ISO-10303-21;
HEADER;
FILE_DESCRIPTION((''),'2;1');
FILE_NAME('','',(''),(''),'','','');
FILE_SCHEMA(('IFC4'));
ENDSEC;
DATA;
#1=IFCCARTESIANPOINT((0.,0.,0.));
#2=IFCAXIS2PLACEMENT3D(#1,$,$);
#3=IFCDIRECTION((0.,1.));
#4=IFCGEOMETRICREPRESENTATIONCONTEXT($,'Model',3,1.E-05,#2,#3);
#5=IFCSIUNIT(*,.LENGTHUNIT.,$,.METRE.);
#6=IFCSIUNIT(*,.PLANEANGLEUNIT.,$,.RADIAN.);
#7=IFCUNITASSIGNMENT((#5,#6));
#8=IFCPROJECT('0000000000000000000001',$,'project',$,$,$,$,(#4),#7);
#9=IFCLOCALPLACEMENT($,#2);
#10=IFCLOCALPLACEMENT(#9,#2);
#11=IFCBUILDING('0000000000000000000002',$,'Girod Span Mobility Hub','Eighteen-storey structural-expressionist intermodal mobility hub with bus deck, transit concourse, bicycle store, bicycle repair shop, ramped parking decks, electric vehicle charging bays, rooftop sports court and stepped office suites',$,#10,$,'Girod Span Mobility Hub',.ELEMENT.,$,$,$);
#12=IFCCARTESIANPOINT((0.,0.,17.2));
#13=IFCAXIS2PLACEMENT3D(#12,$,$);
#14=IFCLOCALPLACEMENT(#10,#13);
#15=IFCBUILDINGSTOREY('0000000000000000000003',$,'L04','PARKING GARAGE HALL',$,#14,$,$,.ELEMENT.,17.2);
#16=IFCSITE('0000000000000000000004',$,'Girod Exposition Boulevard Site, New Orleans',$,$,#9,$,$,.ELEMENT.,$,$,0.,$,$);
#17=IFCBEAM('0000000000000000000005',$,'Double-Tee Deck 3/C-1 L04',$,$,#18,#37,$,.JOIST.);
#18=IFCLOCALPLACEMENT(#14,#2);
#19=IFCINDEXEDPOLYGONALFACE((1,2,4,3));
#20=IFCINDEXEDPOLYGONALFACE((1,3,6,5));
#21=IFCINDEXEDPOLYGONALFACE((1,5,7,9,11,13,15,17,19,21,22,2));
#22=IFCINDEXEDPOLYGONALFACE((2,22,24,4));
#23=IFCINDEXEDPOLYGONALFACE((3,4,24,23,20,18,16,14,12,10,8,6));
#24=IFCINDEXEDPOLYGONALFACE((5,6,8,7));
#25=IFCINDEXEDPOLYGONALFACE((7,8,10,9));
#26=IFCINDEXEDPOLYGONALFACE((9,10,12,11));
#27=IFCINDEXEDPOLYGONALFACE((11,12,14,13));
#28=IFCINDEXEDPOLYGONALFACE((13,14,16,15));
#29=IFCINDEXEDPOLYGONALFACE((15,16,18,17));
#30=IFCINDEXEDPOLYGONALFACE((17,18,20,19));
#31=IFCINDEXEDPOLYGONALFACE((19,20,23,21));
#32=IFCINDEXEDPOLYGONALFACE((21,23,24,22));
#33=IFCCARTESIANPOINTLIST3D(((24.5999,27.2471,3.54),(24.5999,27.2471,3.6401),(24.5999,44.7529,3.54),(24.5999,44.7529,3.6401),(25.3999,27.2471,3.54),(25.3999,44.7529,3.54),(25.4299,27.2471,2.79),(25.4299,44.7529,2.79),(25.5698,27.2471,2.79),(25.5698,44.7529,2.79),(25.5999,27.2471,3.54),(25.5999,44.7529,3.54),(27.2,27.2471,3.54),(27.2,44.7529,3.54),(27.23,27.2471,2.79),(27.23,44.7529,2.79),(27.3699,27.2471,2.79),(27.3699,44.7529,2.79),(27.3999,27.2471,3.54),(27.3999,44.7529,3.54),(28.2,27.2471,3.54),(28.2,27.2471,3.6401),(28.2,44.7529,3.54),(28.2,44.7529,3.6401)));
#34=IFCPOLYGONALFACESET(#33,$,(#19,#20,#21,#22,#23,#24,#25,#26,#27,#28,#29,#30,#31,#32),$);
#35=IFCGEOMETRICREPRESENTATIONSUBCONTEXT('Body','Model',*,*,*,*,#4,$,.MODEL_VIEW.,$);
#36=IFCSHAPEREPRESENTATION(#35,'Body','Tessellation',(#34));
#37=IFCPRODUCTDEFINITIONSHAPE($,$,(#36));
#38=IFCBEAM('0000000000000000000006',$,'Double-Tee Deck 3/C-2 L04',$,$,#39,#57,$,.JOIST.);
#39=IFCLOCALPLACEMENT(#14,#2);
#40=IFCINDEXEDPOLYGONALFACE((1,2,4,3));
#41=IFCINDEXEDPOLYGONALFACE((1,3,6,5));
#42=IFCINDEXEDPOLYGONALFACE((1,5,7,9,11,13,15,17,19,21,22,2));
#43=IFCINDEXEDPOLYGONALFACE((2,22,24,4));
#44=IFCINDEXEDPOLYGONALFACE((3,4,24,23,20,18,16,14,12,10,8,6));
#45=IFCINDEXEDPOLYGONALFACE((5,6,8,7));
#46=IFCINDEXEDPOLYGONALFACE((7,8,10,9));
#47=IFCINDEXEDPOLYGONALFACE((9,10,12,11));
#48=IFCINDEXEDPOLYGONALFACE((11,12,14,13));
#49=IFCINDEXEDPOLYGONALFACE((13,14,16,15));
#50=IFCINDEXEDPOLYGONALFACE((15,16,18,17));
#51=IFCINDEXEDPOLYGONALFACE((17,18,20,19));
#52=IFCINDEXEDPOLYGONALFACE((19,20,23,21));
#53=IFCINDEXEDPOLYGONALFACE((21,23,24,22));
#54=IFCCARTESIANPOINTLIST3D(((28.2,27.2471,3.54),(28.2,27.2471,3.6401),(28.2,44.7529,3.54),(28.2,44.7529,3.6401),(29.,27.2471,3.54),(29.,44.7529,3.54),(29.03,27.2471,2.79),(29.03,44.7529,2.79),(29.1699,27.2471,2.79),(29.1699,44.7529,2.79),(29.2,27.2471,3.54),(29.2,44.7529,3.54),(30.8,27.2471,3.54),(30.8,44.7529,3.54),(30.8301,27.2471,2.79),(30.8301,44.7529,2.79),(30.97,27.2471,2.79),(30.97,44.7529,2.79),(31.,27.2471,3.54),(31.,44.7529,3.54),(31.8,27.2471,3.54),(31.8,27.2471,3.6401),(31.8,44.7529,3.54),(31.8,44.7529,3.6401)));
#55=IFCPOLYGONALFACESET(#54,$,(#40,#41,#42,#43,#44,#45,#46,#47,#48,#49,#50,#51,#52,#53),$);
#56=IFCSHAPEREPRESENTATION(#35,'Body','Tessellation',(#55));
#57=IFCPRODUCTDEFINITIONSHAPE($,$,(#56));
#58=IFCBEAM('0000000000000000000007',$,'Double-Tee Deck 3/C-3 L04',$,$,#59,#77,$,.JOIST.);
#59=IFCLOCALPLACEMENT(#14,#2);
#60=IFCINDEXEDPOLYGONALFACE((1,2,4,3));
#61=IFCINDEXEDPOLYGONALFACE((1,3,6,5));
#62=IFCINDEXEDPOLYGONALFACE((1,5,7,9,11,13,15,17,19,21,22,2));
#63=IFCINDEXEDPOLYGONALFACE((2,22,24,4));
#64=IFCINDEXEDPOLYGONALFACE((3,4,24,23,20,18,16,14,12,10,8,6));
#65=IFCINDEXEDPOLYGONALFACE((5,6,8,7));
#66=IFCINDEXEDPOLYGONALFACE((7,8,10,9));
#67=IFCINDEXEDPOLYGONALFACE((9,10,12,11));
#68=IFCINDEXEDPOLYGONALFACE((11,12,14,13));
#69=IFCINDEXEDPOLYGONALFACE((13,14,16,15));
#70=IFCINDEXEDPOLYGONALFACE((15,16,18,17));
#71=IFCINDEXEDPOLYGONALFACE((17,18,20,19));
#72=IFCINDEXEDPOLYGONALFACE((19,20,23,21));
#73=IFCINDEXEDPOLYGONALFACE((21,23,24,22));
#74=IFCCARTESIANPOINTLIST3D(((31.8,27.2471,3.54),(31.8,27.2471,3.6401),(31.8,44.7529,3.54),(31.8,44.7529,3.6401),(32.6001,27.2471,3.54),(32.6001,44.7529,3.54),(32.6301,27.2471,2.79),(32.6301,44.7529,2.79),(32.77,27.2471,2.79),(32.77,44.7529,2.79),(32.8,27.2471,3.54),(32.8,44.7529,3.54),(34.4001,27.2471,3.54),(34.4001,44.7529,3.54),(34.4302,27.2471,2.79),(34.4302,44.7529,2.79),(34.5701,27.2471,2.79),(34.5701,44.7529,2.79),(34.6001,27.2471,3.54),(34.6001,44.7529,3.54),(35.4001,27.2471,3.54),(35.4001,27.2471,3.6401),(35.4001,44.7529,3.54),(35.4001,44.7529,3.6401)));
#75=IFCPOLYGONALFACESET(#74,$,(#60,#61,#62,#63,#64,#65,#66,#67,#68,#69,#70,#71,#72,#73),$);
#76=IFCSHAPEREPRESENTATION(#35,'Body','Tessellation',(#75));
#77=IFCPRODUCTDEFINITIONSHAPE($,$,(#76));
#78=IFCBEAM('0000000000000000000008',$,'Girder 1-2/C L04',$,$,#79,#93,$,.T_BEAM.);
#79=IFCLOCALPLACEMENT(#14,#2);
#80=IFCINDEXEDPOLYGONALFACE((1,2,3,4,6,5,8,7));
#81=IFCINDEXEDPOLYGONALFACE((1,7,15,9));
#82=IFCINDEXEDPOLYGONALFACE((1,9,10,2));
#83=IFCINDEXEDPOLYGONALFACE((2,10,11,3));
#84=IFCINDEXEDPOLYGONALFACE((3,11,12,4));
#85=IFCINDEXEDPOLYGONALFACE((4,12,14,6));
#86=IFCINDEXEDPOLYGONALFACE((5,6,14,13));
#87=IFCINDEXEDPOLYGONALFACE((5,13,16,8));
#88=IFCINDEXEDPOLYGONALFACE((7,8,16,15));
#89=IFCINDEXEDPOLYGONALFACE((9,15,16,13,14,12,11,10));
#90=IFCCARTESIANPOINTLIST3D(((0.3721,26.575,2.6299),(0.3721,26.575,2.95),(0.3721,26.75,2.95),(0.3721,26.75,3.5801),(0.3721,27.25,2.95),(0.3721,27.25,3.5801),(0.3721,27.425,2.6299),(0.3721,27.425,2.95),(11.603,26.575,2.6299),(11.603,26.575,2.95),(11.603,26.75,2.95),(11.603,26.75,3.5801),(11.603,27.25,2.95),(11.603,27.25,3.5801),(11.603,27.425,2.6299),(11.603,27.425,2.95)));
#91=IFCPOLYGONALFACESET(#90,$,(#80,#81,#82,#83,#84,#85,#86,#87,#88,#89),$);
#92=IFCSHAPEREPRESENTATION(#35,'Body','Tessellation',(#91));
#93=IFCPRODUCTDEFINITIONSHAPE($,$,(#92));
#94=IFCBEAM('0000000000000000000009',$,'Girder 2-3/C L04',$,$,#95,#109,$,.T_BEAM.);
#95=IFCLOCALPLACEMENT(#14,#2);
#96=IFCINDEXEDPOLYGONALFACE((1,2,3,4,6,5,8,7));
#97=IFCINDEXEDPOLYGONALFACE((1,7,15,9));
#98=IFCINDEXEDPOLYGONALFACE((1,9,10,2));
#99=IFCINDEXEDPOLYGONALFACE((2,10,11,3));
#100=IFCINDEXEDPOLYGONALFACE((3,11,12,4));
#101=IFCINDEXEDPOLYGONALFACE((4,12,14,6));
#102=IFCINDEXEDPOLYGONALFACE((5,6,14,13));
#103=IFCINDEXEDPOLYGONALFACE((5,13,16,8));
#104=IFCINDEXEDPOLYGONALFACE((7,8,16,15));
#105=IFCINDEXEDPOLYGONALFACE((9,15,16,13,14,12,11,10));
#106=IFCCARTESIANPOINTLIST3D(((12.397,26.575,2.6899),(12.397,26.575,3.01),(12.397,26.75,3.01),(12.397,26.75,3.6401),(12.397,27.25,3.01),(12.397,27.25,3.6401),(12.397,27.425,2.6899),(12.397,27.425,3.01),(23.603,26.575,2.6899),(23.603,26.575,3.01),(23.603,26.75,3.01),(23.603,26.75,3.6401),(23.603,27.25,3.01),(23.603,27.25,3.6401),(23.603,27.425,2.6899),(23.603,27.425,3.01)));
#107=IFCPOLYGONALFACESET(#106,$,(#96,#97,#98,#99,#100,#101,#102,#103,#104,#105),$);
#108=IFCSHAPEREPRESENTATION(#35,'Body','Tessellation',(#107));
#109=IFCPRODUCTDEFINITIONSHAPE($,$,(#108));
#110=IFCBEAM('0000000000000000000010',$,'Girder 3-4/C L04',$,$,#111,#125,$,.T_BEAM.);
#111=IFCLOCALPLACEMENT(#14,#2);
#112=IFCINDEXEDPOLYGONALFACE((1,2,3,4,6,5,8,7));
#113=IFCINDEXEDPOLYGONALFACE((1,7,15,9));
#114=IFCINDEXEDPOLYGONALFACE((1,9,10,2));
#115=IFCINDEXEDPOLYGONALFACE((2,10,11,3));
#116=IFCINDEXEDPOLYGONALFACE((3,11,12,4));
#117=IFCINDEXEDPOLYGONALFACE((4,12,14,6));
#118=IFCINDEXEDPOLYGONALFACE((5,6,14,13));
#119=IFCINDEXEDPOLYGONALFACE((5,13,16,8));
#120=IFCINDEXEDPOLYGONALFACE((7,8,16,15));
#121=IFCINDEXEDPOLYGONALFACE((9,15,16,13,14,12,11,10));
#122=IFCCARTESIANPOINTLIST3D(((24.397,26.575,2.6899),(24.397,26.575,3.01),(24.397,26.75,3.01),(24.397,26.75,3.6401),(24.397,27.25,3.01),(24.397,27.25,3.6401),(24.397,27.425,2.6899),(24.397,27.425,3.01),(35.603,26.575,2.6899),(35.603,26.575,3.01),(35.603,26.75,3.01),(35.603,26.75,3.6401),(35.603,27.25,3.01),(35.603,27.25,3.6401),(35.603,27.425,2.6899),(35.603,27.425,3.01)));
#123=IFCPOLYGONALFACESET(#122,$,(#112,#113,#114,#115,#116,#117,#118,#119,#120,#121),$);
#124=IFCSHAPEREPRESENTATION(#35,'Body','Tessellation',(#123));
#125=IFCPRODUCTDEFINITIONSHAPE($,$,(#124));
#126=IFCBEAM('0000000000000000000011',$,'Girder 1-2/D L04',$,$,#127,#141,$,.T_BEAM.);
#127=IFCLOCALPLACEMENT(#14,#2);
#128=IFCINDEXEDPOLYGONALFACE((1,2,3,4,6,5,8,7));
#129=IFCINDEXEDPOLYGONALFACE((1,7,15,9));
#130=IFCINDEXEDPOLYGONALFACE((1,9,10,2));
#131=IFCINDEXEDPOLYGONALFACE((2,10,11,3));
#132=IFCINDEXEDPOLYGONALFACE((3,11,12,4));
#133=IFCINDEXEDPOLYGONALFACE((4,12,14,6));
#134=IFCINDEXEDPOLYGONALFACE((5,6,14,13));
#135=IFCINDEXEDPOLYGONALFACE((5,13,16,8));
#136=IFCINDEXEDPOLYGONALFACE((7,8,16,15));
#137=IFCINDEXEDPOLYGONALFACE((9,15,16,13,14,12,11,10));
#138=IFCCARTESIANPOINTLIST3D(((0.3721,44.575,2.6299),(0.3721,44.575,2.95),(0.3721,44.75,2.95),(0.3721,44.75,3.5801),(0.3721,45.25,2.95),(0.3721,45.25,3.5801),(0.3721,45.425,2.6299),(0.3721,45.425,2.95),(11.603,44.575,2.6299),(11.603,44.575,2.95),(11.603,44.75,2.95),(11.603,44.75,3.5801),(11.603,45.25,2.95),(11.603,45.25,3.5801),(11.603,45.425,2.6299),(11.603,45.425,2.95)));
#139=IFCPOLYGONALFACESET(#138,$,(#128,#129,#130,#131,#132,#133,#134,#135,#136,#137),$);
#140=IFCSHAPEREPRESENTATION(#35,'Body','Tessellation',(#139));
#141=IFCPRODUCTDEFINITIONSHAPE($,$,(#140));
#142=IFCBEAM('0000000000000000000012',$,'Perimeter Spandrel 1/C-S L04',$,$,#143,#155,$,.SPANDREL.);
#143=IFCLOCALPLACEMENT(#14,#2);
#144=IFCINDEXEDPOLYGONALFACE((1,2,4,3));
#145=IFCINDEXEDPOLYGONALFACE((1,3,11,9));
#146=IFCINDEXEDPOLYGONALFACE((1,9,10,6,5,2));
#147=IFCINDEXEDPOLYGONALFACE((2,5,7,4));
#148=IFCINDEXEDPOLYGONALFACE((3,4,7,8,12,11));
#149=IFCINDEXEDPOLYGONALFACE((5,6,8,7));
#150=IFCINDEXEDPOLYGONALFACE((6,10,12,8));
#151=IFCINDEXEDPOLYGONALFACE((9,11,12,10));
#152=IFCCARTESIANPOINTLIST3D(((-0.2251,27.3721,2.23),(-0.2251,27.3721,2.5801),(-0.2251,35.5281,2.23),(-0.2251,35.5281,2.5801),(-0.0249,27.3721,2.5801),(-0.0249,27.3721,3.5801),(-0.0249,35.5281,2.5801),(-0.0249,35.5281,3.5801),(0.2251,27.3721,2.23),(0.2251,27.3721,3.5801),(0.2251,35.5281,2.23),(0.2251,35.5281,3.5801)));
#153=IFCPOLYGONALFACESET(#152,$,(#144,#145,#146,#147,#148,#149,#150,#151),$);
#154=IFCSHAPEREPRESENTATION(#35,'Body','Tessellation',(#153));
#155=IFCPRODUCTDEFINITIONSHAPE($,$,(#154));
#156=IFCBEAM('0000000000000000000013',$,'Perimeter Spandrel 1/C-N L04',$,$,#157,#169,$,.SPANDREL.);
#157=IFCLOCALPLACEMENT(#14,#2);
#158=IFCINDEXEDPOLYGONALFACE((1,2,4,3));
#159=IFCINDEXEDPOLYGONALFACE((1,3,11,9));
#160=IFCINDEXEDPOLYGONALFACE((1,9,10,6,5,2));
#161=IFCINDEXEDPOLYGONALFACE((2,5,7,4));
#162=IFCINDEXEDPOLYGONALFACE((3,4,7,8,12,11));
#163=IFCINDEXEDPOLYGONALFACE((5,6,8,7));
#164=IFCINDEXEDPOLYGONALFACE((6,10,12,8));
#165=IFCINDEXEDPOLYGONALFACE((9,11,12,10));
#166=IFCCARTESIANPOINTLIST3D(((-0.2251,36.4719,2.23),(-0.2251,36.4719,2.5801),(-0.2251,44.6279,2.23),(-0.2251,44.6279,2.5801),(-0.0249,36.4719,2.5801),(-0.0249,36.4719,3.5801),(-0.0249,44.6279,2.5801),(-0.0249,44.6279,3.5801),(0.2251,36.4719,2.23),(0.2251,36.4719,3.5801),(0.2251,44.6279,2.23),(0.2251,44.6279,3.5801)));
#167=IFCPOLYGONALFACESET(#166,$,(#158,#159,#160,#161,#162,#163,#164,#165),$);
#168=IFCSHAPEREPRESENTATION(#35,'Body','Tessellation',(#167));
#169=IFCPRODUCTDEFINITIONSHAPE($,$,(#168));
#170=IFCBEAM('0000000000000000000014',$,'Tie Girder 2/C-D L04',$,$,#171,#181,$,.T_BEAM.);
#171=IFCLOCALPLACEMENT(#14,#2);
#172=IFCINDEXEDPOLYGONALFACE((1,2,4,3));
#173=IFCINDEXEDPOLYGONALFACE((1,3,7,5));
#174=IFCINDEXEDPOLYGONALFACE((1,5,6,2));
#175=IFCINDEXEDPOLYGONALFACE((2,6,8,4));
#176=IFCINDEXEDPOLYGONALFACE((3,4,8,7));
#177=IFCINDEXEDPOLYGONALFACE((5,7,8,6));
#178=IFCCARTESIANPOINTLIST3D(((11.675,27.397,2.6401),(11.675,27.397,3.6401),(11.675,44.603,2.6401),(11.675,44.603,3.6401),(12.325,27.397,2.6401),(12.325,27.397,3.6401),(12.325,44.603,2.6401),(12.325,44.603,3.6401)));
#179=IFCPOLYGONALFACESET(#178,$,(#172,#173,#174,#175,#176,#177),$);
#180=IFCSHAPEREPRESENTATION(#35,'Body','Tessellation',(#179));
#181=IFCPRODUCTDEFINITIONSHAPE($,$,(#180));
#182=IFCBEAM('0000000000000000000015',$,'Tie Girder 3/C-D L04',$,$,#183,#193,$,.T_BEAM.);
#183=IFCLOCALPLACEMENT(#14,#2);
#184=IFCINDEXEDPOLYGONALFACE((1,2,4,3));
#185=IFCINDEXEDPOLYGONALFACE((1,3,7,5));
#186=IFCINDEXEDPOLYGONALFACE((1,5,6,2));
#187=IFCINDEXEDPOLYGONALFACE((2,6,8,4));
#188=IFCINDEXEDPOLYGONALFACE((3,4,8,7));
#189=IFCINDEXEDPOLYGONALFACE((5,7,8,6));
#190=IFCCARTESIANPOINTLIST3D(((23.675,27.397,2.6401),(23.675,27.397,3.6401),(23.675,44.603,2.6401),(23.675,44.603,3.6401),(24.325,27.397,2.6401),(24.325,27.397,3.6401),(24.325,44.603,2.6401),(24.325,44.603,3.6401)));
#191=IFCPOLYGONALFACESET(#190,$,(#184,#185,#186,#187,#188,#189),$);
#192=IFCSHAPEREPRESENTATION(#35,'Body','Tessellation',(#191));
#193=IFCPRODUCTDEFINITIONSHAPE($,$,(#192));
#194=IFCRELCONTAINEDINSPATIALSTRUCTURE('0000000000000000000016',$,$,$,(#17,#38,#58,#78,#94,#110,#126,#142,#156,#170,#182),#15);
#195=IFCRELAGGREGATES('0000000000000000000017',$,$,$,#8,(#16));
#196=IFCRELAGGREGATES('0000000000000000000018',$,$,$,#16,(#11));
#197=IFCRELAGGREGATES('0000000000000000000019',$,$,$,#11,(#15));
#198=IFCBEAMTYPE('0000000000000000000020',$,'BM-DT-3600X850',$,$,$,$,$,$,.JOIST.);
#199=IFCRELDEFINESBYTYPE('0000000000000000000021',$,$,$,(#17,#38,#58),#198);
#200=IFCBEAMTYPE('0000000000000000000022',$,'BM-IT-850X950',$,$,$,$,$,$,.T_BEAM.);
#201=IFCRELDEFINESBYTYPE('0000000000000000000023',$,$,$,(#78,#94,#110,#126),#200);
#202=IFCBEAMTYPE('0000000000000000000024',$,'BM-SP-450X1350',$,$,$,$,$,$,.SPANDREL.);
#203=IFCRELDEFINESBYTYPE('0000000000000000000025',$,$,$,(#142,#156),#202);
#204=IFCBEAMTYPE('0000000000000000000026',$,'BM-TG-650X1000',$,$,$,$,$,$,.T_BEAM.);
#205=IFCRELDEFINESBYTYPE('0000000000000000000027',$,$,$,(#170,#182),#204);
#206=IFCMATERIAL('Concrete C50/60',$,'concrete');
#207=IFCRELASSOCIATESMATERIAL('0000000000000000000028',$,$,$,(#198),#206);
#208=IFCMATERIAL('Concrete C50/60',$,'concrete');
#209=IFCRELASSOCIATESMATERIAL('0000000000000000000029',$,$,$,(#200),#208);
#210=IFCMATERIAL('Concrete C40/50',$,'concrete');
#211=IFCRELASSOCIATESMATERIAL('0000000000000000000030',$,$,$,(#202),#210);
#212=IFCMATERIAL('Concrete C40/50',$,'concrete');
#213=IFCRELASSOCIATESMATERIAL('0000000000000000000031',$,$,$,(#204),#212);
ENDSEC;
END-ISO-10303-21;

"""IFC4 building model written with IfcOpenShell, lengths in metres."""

from ifc_helpers import new_model, si_unit, direction, frame, origin, origin_2d, place, context, subcontext, project, spatial, polyline, rectangle, outline, extrude, material, material_profile, profile_set, type_object, element, save


model = new_model("IFC4")

# Units and contexts
model_context = context("Model", 3, precision=1e-05, world=origin(), true_north=direction((0.0, 1.0)))
body_context = subcontext(model_context, "Body", "Model", "MODEL_VIEW")
ifc_project = project(units=[si_unit("LENGTHUNIT", "METRE"), si_unit("PLANEANGLEUNIT", "RADIAN")], contexts=[model_context])

# Site, building, storey
site_placement = place(None, origin())
site = spatial("IfcSite", under=ifc_project, at=site_placement, Name="Girod Exposition Boulevard Site, New Orleans", CompositionType="ELEMENT", RefElevation=0.0)
building_placement = place(site_placement, origin())
building = spatial("IfcBuilding", under=site, at=building_placement, Name="Girod Span Mobility Hub", Description="Eighteen-storey structural-expressionist intermodal mobility hub with bus deck, transit concourse, bicycle store, bicycle repair shop, ramped parking decks, electric vehicle charging bays, rooftop sports court and stepped office suites", LongName="Girod Span Mobility Hub", CompositionType="ELEMENT")
storey_placement = place(building_placement, frame((0.0, 0.0, 17.2)))
storey = spatial("IfcBuildingStorey", under=building, at=storey_placement, Name="L04", Description="PARKING GARAGE HALL", CompositionType="ELEMENT", Elevation=17.2)

# Beams
ifc_material_1 = material(Name="Concrete C50/60", Category="concrete")
ifc_material_profile_1 = material_profile(ifc_material_1, outline(polyline([(-1.8, 0.425), (-1.8, 0.325), (-1.0, 0.325), (-0.97, -0.425), (-0.8301, -0.425), (-0.8, 0.325), (0.8, 0.325), (0.8301, -0.425), (0.97, -0.425), (1.0, 0.325), (1.8, 0.325), (1.8, 0.425), (-1.8, 0.425)])), Name="DT-3600X850")
ifc_profile_set_1 = profile_set([ifc_material_profile_1], Name="Concrete C50/60")
beam_type_1 = type_object("IfcBeamType", Name="BM-DT-3600X850", PredefinedType="JOIST", material=ifc_profile_set_1)
for number, where, z_axis, x_axis, name in (
    (1, (26.3999, 27.2471, 3.2151), (0.0, 1.0, 0.0), (-1.0, 0.0, 0.0), "Double-Tee Deck 3/C-1 L04"),
    (2, (30.0, 27.2471, 3.2151), (0.0, 1.0, 0.0), (-1.0, 0.0, 0.0), "Double-Tee Deck 3/C-2 L04"),
    (3, (33.6001, 27.2471, 3.2151), (0.0, 1.0, 0.0), (-1.0, 0.0, 0.0), "Double-Tee Deck 3/C-3 L04"),
):
    element("IfcBeam", number, at=place(storey_placement, frame(where, z_axis=z_axis, x_axis=x_axis)), inside=storey, type_object=beam_type_1, Name=name, PredefinedType="JOIST", context=body_context, shape_type="SweptSolid", body=[
        extrude(outline(polyline([(-1.8, 0.425), (-1.8, 0.325), (-1.0, 0.325), (-0.97, -0.425), (-0.8301, -0.425), (-0.8, 0.325), (0.8, 0.325), (0.8301, -0.425), (0.97, -0.425), (1.0, 0.325), (1.8, 0.325), (1.8, 0.425), (-1.8, 0.425)])), origin(), (0.0, 0.0, 1.0), 17.5059),
    ])
ifc_material_2 = material(Name="Concrete C50/60", Category="concrete")
ifc_material_profile_2 = material_profile(ifc_material_2, outline(polyline([(-0.425, -0.4751), (0.425, -0.4751), (0.425, -0.155), (0.25, -0.155), (0.25, 0.4751), (-0.25, 0.4751), (-0.25, -0.155), (-0.425, -0.155), (-0.425, -0.4751)])), Name="IT-850X950")
ifc_profile_set_2 = profile_set([ifc_material_profile_2], Name="Concrete C50/60")
beam_type_2 = type_object("IfcBeamType", Name="BM-IT-850X950", PredefinedType="T_BEAM", material=ifc_profile_set_2)
beam_1_placement = place(storey_placement, frame((0.3721, 27.0, 3.105), z_axis=(1.0, 0.0, 0.0), x_axis=(0.0, 1.0, 0.0)))
element("IfcBeam", 4, at=beam_1_placement, inside=storey, type_object=beam_type_2, Name="Girder 1-2/C L04", PredefinedType="T_BEAM", context=body_context, shape_type="SweptSolid", body=[
    extrude(outline(polyline([(-0.425, -0.4751), (0.425, -0.4751), (0.425, -0.155), (0.25, -0.155), (0.25, 0.4751), (-0.25, 0.4751), (-0.25, -0.155), (-0.425, -0.155), (-0.425, -0.4751)])), origin(), (0.0, 0.0, 1.0), 11.231),
])
for number, where, z_axis, x_axis, name in (
    (5, (12.397, 27.0, 3.165), (1.0, 0.0, 0.0), (0.0, 1.0, 0.0), "Girder 2-3/C L04"),
    (6, (24.397, 27.0, 3.165), (1.0, 0.0, 0.0), (0.0, 1.0, 0.0), "Girder 3-4/C L04"),
):
    element("IfcBeam", number, at=place(storey_placement, frame(where, z_axis=z_axis, x_axis=x_axis)), inside=storey, type_object=beam_type_2, Name=name, PredefinedType="T_BEAM", context=body_context, shape_type="SweptSolid", body=[
        extrude(outline(polyline([(-0.425, -0.4751), (0.425, -0.4751), (0.425, -0.155), (0.25, -0.155), (0.25, 0.4751), (-0.25, 0.4751), (-0.25, -0.155), (-0.425, -0.155), (-0.425, -0.4751)])), origin(), (0.0, 0.0, 1.0), 11.2061),
    ])
beam_2_placement = place(storey_placement, frame((0.3721, 45.0, 3.105), z_axis=(1.0, 0.0, 0.0), x_axis=(0.0, 1.0, 0.0)))
element("IfcBeam", 7, at=beam_2_placement, inside=storey, type_object=beam_type_2, Name="Girder 1-2/D L04", PredefinedType="T_BEAM", context=body_context, shape_type="SweptSolid", body=[
    extrude(outline(polyline([(-0.425, -0.4751), (0.425, -0.4751), (0.425, -0.155), (0.25, -0.155), (0.25, 0.4751), (-0.25, 0.4751), (-0.25, -0.155), (-0.425, -0.155), (-0.425, -0.4751)])), origin(), (0.0, 0.0, 1.0), 11.231),
])
ifc_material_3 = material(Name="Concrete C40/50", Category="concrete")
ifc_material_profile_3 = material_profile(ifc_material_3, outline(polyline([(-0.2251, -0.675), (0.2251, -0.675), (0.2251, -0.325), (0.0249, -0.325), (0.0249, 0.675), (-0.2251, 0.675), (-0.2251, -0.675)])), Name="SP-450X1350")
ifc_profile_set_3 = profile_set([ifc_material_profile_3], Name="Concrete C40/50")
beam_type_3 = type_object("IfcBeamType", Name="BM-SP-450X1350", PredefinedType="SPANDREL", material=ifc_profile_set_3)
for number, where, z_axis, x_axis, name in (
    (8, (0.0, 27.3721, 2.905), (0.0, 1.0, 0.0), (-1.0, 0.0, 0.0), "Perimeter Spandrel 1/C-S L04"),
    (9, (0.0, 36.4719, 2.905), (0.0, 1.0, 0.0), (-1.0, 0.0, 0.0), "Perimeter Spandrel 1/C-N L04"),
):
    element("IfcBeam", number, at=place(storey_placement, frame(where, z_axis=z_axis, x_axis=x_axis)), inside=storey, type_object=beam_type_3, Name=name, PredefinedType="SPANDREL", context=body_context, shape_type="SweptSolid", body=[
        extrude(outline(polyline([(-0.2251, -0.675), (0.2251, -0.675), (0.2251, -0.325), (0.0249, -0.325), (0.0249, 0.675), (-0.2251, 0.675), (-0.2251, -0.675)])), origin(), (0.0, 0.0, 1.0), 8.156),
    ])
ifc_material_4 = material(Name="Concrete C40/50", Category="concrete")
ifc_material_profile_4 = material_profile(ifc_material_4, rectangle(XDim=0.6499, YDim=1.0, at=origin_2d()), Name="TG-650X1000")
ifc_profile_set_4 = profile_set([ifc_material_profile_4], Name="Concrete C40/50")
beam_type_4 = type_object("IfcBeamType", Name="BM-TG-650X1000", PredefinedType="T_BEAM", material=ifc_profile_set_4)
for number, where, z_axis, x_axis, name in (
    (10, (12.0, 27.397, 3.1401), (0.0, 1.0, 0.0), (-1.0, 0.0, 0.0), "Tie Girder 2/C-D L04"),
    (11, (24.0, 27.397, 3.1401), (0.0, 1.0, 0.0), (-1.0, 0.0, 0.0), "Tie Girder 3/C-D L04"),
):
    element("IfcBeam", number, at=place(storey_placement, frame(where, z_axis=z_axis, x_axis=x_axis)), inside=storey, type_object=beam_type_4, Name=name, PredefinedType="T_BEAM", context=body_context, shape_type="SweptSolid", body=[
        extrude(rectangle(XDim=0.6499, YDim=1.0, at=origin_2d()), origin(), (0.0, 0.0, 1.0), 17.2061),
    ])

save(model, "model.ifc")
